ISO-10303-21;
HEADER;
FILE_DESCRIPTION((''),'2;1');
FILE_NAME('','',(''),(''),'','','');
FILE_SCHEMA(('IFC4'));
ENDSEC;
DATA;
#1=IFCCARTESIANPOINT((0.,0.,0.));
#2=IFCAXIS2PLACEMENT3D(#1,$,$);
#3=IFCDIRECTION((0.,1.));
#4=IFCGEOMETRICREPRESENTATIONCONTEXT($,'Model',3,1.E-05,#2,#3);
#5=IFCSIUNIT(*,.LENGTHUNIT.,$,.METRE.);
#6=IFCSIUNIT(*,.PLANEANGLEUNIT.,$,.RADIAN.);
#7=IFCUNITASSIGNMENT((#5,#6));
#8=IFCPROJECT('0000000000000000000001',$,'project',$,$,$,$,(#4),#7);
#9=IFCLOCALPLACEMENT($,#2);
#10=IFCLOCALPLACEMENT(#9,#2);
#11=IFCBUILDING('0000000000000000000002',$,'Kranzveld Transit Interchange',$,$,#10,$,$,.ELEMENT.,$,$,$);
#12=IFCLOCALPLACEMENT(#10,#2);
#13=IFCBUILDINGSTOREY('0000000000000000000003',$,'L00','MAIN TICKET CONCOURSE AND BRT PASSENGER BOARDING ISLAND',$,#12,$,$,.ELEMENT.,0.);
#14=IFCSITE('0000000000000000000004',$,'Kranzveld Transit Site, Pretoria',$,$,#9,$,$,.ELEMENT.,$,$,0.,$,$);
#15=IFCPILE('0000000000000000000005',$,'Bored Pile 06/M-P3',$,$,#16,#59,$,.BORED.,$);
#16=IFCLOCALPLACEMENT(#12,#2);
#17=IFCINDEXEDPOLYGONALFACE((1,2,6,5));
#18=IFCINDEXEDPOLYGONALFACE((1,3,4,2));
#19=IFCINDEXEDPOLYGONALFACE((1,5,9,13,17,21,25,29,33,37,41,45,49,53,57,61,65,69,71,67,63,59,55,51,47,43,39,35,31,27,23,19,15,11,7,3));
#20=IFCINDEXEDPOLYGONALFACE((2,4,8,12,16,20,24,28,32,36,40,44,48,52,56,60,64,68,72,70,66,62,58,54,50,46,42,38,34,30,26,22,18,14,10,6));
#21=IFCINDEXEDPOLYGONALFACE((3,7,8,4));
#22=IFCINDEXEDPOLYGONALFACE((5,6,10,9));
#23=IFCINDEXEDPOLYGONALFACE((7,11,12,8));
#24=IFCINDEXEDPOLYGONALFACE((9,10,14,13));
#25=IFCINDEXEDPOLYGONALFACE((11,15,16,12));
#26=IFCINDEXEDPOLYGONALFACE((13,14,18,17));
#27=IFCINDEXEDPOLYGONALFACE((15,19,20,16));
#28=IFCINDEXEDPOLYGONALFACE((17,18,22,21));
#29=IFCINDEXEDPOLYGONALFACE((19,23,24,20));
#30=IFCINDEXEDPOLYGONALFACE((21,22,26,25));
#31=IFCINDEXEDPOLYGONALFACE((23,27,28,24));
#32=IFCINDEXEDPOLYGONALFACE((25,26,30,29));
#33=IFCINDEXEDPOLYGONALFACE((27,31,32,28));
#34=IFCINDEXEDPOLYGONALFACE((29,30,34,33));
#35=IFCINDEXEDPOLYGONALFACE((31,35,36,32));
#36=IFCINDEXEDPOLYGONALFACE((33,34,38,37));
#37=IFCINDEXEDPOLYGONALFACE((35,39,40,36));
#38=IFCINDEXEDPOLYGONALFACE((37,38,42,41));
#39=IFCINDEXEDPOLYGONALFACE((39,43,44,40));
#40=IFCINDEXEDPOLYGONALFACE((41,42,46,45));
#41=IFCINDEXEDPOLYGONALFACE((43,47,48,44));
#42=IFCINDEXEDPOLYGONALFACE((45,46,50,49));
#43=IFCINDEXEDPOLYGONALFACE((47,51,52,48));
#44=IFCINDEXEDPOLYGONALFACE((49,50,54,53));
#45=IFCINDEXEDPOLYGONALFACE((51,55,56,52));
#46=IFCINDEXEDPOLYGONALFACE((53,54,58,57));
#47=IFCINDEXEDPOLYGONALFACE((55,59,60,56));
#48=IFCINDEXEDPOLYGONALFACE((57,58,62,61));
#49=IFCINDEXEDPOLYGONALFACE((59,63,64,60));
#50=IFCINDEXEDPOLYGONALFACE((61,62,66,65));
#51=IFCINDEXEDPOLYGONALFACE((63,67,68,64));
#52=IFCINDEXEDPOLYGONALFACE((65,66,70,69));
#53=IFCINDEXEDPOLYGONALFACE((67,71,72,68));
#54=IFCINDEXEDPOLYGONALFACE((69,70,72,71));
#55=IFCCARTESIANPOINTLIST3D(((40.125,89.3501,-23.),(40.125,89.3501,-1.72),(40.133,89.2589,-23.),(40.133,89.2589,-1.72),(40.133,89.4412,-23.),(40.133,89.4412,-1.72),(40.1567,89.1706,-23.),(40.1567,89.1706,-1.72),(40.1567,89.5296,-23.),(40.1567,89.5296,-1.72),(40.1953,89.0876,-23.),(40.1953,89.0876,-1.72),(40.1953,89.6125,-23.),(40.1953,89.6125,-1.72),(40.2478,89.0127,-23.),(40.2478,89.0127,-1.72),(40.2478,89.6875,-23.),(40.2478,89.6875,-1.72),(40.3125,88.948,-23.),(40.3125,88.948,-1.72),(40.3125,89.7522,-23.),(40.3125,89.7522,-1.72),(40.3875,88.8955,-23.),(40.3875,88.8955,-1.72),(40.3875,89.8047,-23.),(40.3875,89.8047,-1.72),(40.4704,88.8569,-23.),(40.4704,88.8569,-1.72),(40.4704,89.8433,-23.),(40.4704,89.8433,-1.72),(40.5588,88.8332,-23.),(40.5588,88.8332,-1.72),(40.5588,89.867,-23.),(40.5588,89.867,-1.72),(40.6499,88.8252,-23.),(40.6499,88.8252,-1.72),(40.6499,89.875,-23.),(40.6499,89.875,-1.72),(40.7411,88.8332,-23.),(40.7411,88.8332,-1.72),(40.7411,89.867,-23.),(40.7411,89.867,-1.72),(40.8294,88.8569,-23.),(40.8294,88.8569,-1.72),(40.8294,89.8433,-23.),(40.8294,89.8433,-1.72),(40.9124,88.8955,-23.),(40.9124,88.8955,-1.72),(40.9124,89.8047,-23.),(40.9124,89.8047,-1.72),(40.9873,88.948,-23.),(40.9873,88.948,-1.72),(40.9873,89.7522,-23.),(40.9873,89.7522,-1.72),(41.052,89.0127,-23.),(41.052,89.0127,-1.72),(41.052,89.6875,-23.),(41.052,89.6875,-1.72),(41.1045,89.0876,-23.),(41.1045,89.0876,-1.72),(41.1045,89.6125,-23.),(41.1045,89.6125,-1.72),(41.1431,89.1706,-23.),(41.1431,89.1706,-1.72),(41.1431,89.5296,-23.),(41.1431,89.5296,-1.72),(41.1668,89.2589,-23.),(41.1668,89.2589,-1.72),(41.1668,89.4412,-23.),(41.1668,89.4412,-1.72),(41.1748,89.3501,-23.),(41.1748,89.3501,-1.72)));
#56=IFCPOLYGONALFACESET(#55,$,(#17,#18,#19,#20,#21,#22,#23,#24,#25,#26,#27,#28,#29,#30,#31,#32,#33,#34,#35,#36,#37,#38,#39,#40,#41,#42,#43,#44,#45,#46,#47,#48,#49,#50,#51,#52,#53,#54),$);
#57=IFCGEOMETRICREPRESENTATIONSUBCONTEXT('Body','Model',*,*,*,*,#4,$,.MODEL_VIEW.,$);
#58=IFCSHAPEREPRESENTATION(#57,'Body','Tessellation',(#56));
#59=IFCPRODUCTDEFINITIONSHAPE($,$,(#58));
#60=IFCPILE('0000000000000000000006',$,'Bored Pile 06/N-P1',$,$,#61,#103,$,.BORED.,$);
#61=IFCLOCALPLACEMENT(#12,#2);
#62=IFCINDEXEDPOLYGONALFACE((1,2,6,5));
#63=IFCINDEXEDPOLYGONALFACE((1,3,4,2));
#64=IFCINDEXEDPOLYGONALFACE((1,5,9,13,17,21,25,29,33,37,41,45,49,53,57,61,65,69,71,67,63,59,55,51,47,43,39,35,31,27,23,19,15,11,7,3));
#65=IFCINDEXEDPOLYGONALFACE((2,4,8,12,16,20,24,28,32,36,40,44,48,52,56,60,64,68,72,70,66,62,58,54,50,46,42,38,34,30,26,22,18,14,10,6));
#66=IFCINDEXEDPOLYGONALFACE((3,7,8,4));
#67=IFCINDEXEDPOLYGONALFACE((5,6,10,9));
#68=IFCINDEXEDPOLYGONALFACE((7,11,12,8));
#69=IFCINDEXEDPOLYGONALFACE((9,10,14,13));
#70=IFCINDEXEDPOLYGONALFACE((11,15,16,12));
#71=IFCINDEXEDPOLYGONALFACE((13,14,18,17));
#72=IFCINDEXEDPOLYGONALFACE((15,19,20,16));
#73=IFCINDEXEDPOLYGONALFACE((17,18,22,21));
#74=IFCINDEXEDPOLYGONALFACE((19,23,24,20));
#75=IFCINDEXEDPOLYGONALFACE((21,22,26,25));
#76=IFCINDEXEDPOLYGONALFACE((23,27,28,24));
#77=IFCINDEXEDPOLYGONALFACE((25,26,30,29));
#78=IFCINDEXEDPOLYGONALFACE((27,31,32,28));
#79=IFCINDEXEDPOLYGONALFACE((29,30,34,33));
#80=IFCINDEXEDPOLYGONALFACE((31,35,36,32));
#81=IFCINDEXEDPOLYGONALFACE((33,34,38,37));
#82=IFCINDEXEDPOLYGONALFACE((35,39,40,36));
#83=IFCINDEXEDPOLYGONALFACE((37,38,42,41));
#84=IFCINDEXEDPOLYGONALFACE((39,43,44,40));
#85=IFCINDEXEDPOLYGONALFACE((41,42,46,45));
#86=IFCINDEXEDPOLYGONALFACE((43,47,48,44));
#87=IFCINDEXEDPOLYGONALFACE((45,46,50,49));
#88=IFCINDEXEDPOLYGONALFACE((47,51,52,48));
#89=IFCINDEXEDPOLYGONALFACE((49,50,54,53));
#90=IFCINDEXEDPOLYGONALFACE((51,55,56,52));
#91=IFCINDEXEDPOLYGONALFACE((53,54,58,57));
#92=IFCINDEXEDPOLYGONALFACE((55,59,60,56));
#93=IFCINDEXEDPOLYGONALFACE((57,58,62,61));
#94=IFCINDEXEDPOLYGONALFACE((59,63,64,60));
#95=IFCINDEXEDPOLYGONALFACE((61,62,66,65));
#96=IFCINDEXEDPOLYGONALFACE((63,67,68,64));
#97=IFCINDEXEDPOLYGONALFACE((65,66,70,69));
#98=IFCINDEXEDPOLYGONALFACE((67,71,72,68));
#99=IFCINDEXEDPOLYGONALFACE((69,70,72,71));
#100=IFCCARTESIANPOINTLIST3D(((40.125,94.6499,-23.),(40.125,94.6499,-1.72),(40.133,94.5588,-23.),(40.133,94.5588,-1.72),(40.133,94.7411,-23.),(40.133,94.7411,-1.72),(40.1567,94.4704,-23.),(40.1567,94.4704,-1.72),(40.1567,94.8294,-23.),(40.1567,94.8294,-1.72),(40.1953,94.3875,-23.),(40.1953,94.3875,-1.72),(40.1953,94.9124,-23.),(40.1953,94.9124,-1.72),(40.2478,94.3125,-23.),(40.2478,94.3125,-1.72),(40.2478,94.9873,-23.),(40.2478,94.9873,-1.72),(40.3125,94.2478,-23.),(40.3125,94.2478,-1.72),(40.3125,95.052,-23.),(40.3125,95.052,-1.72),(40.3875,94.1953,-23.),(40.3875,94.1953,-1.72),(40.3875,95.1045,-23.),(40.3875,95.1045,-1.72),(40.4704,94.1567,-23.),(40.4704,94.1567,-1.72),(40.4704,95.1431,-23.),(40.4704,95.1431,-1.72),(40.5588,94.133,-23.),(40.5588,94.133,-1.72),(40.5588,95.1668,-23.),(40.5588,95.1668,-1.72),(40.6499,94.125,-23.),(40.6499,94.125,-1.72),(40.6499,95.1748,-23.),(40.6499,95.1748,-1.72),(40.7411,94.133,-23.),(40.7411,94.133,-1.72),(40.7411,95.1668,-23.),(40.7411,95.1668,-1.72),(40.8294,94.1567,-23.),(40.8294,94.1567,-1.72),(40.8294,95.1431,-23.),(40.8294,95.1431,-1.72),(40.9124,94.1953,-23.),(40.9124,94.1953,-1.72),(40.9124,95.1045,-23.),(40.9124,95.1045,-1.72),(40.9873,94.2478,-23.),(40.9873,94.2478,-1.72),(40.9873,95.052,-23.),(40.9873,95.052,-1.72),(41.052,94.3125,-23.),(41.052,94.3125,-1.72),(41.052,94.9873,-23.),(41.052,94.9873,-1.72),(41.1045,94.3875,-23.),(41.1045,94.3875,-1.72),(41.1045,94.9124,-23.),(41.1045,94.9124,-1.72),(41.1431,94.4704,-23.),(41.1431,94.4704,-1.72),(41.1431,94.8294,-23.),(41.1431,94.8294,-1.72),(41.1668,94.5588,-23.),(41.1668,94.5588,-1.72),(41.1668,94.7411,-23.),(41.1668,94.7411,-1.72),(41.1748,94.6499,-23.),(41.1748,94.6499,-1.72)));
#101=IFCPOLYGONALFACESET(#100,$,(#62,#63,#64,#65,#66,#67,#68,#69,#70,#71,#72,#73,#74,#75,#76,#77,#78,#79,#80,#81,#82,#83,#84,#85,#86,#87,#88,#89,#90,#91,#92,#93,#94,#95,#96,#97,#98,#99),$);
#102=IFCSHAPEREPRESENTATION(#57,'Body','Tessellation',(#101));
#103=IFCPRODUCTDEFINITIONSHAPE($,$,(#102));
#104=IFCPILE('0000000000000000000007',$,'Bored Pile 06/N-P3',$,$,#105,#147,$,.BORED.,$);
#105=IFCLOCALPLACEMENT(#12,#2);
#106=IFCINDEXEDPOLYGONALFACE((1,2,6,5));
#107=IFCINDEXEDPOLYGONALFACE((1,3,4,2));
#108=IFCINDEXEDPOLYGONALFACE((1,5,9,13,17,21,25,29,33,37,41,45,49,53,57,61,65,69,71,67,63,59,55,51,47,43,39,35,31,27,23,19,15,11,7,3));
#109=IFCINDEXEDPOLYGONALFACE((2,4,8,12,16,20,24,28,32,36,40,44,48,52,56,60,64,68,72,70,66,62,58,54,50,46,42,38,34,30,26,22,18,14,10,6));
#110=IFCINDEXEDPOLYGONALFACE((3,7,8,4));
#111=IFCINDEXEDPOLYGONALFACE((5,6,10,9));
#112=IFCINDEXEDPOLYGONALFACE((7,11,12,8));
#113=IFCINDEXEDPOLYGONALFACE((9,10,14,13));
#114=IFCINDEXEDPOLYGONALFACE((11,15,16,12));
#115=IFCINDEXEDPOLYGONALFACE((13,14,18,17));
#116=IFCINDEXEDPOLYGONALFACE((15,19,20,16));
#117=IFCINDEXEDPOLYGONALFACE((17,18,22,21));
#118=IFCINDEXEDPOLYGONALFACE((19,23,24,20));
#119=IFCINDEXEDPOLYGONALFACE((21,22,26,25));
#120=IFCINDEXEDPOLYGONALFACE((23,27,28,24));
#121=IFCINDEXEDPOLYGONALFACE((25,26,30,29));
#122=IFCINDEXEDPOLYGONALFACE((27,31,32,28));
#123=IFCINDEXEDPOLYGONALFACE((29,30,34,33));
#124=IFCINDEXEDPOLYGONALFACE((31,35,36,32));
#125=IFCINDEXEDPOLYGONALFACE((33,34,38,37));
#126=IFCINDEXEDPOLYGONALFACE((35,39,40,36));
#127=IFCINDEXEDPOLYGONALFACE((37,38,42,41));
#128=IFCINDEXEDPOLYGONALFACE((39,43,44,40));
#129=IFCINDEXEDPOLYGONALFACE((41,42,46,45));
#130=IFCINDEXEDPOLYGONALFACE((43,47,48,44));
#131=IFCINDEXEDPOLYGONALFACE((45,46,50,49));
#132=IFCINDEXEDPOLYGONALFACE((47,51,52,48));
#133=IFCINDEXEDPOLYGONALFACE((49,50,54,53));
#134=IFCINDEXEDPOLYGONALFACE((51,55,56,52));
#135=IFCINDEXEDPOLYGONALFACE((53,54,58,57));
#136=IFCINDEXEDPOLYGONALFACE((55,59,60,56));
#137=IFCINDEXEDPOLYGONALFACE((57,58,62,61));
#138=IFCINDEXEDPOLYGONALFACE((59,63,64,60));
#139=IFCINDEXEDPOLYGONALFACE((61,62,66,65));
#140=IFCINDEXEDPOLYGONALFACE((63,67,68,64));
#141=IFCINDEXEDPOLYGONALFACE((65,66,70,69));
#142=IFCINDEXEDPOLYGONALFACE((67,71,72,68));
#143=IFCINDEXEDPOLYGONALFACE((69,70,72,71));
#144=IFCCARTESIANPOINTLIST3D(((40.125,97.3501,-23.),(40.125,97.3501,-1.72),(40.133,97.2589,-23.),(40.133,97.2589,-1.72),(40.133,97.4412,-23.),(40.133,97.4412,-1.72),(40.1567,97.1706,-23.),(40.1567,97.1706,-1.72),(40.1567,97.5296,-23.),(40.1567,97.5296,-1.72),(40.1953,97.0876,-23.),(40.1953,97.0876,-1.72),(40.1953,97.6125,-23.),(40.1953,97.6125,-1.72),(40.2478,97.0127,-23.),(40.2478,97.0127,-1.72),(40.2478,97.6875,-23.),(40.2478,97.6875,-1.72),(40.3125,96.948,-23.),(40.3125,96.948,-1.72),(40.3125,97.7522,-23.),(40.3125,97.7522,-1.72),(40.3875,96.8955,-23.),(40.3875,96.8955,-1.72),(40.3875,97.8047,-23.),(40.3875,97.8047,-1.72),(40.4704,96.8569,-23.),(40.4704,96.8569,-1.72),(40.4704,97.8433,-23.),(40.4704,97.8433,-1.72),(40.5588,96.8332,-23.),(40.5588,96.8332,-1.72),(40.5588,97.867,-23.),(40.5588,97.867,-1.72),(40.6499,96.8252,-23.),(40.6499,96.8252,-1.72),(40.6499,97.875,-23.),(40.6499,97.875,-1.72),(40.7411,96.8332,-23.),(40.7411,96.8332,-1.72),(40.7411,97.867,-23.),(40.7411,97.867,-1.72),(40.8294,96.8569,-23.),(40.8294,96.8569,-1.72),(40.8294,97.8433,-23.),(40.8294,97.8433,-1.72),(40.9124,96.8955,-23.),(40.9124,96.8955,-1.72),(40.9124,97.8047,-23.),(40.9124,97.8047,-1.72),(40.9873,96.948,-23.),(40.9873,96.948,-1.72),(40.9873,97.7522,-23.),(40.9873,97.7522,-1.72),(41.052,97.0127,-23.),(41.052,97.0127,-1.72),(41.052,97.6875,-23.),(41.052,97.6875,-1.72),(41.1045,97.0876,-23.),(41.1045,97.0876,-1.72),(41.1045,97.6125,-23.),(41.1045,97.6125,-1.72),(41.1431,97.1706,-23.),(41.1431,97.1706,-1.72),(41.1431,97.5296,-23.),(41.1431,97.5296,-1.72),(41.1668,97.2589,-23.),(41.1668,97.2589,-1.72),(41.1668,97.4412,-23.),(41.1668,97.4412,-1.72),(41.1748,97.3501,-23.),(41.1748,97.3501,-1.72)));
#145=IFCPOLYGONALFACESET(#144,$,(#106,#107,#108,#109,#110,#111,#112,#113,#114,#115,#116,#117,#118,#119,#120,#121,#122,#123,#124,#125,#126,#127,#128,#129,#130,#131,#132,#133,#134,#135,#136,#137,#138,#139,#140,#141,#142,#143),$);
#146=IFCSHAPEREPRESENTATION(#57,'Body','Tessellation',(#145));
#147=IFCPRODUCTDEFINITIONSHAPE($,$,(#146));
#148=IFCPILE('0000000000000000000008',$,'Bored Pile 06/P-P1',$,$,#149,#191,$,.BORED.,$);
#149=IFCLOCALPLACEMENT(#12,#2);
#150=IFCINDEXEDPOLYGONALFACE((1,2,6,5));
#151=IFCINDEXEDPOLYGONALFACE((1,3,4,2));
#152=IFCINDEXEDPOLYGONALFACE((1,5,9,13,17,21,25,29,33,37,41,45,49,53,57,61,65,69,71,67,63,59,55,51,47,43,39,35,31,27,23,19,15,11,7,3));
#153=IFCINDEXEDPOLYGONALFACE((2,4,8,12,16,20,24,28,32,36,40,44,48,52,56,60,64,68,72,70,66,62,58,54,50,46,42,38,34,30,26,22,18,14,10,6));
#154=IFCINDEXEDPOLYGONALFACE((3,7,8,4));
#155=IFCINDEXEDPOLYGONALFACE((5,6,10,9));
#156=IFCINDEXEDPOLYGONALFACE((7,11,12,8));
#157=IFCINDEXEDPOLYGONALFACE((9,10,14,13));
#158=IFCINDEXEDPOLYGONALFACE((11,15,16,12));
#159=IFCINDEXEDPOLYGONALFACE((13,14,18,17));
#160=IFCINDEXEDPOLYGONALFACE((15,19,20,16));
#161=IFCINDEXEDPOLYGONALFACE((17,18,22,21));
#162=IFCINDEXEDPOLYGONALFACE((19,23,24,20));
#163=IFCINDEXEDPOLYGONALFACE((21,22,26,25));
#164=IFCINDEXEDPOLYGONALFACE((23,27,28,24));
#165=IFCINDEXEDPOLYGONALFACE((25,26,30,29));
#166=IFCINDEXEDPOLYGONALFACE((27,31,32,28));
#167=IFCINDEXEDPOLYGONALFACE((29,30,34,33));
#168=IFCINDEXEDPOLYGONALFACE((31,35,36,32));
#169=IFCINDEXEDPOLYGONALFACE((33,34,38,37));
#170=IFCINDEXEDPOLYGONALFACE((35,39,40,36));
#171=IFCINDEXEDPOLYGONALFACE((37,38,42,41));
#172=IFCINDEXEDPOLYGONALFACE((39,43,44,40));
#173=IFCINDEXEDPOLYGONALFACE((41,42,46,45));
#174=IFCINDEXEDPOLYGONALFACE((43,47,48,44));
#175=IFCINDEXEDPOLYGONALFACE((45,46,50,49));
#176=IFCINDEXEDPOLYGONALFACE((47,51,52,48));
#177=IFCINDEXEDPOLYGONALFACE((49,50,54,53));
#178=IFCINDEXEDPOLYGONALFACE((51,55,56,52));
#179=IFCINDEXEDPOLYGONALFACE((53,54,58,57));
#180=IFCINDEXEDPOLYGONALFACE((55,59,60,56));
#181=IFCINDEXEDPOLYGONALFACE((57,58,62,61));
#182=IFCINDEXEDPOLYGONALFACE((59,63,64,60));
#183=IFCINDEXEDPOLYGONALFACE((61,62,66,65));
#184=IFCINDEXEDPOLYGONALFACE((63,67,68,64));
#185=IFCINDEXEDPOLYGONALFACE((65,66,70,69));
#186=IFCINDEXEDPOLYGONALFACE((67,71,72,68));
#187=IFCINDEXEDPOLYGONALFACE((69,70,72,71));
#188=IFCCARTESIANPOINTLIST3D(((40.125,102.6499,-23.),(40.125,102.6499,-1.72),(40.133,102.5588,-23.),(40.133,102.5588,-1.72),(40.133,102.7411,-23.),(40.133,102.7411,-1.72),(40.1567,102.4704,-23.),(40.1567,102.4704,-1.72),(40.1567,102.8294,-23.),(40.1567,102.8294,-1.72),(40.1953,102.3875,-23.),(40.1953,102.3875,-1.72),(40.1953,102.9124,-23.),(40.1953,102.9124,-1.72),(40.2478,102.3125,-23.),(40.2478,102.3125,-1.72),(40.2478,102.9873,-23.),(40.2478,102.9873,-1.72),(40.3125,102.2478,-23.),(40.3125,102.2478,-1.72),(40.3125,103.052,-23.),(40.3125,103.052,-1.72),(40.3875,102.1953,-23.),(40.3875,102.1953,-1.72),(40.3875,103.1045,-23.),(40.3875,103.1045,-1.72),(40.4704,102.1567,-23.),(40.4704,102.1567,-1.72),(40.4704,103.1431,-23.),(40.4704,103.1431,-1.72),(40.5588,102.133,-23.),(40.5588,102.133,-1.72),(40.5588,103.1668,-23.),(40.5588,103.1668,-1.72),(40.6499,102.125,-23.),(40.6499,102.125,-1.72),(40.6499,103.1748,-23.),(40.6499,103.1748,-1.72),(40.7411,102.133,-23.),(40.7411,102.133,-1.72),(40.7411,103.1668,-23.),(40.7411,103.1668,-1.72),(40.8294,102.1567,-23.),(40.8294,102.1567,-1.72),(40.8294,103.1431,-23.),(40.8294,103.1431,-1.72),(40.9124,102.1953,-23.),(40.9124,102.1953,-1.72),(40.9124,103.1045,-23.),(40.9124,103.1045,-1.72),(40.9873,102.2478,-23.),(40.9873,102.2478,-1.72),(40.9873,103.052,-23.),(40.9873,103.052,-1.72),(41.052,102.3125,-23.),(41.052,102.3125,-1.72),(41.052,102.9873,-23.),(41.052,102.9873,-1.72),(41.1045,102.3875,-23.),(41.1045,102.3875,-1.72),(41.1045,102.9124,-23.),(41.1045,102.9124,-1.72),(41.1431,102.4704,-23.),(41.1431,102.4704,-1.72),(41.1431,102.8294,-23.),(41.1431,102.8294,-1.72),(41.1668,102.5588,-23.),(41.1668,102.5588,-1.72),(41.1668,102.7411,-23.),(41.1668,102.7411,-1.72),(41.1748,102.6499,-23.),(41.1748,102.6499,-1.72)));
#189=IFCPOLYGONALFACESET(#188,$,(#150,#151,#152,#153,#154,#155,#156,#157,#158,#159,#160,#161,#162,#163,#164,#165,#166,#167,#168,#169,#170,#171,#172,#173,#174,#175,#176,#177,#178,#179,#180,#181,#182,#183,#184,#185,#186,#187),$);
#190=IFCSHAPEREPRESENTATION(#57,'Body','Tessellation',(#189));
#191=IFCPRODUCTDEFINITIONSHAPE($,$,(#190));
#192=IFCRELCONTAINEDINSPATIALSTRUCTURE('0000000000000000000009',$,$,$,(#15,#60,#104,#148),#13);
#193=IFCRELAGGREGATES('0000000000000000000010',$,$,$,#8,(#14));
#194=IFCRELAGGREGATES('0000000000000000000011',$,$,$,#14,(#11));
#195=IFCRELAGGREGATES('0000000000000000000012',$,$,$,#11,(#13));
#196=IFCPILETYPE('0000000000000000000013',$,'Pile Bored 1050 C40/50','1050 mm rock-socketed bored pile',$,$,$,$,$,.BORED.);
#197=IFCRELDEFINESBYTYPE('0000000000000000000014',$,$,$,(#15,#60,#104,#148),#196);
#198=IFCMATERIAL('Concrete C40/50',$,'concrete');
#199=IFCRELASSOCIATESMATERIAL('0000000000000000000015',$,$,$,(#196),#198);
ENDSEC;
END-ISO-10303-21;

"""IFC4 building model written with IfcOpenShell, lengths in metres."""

from ifc_helpers import new_model, si_unit, direction, frame, origin, origin_2d, place, context, subcontext, project, spatial, circle, extrude, material, material_profile, profile_set, type_object, element, save


model = new_model("IFC4")

# Units and contexts
model_context = context("Model", 3, precision=1e-05, world=origin(), true_north=direction((0.0, 1.0)))
body_context = subcontext(model_context, "Body", "Model", "MODEL_VIEW")
ifc_project = project(units=[si_unit("LENGTHUNIT", "METRE"), si_unit("PLANEANGLEUNIT", "RADIAN")], contexts=[model_context])

# Site, building, storey
site_placement = place(None, origin())
site = spatial("IfcSite", under=ifc_project, at=site_placement, Name="Kranzveld Transit Site, Pretoria", CompositionType="ELEMENT", RefElevation=0.0)
building_placement = place(site_placement, origin())
building = spatial("IfcBuilding", under=site, at=building_placement, Name="Kranzveld Transit Interchange", CompositionType="ELEMENT")
storey_placement = place(building_placement, origin())
storey = spatial("IfcBuildingStorey", under=building, at=storey_placement, Name="L00", Description="MAIN TICKET CONCOURSE AND BRT PASSENGER BOARDING ISLAND", CompositionType="ELEMENT", Elevation=0.0)

# Piles
ifc_material_1 = material(Name="Concrete C40/50", Category="concrete")
ifc_material_profile_1 = material_profile(ifc_material_1, circle(Radius=0.5249, at=origin_2d()), Name="BORED PILE 1050")
ifc_profile_set_1 = profile_set([ifc_material_profile_1], Name="Concrete C40/50")
pile_type_1 = type_object("IfcPileType", Name="Pile Bored 1050 C40/50", Description="1050 mm rock-socketed bored pile", PredefinedType="BORED", material=ifc_profile_set_1)
for number, where, z_axis, x_axis, name in (
    (1, (40.6499, 89.3501, -1.72), (0.0, 0.0, -1.0), (1.0, 0.0, 0.0), "Bored Pile 06/M-P3"),
    (2, (40.6499, 94.6499, -1.72), (0.0, 0.0, -1.0), (1.0, 0.0, 0.0), "Bored Pile 06/N-P1"),
    (3, (40.6499, 97.3501, -1.72), (0.0, 0.0, -1.0), (1.0, 0.0, 0.0), "Bored Pile 06/N-P3"),
    (4, (40.6499, 102.6499, -1.72), (0.0, 0.0, -1.0), (1.0, 0.0, 0.0), "Bored Pile 06/P-P1"),
):
    element("IfcPile", number, at=place(storey_placement, frame(where, z_axis=z_axis, x_axis=x_axis)), inside=storey, type_object=pile_type_1, Name=name, PredefinedType="BORED", context=body_context, shape_type="SweptSolid", body=[
        extrude(circle(Radius=0.5249, at=origin_2d()), origin(), (0.0, 0.0, 1.0), 21.28),
    ])

save(model, "model.ifc")
